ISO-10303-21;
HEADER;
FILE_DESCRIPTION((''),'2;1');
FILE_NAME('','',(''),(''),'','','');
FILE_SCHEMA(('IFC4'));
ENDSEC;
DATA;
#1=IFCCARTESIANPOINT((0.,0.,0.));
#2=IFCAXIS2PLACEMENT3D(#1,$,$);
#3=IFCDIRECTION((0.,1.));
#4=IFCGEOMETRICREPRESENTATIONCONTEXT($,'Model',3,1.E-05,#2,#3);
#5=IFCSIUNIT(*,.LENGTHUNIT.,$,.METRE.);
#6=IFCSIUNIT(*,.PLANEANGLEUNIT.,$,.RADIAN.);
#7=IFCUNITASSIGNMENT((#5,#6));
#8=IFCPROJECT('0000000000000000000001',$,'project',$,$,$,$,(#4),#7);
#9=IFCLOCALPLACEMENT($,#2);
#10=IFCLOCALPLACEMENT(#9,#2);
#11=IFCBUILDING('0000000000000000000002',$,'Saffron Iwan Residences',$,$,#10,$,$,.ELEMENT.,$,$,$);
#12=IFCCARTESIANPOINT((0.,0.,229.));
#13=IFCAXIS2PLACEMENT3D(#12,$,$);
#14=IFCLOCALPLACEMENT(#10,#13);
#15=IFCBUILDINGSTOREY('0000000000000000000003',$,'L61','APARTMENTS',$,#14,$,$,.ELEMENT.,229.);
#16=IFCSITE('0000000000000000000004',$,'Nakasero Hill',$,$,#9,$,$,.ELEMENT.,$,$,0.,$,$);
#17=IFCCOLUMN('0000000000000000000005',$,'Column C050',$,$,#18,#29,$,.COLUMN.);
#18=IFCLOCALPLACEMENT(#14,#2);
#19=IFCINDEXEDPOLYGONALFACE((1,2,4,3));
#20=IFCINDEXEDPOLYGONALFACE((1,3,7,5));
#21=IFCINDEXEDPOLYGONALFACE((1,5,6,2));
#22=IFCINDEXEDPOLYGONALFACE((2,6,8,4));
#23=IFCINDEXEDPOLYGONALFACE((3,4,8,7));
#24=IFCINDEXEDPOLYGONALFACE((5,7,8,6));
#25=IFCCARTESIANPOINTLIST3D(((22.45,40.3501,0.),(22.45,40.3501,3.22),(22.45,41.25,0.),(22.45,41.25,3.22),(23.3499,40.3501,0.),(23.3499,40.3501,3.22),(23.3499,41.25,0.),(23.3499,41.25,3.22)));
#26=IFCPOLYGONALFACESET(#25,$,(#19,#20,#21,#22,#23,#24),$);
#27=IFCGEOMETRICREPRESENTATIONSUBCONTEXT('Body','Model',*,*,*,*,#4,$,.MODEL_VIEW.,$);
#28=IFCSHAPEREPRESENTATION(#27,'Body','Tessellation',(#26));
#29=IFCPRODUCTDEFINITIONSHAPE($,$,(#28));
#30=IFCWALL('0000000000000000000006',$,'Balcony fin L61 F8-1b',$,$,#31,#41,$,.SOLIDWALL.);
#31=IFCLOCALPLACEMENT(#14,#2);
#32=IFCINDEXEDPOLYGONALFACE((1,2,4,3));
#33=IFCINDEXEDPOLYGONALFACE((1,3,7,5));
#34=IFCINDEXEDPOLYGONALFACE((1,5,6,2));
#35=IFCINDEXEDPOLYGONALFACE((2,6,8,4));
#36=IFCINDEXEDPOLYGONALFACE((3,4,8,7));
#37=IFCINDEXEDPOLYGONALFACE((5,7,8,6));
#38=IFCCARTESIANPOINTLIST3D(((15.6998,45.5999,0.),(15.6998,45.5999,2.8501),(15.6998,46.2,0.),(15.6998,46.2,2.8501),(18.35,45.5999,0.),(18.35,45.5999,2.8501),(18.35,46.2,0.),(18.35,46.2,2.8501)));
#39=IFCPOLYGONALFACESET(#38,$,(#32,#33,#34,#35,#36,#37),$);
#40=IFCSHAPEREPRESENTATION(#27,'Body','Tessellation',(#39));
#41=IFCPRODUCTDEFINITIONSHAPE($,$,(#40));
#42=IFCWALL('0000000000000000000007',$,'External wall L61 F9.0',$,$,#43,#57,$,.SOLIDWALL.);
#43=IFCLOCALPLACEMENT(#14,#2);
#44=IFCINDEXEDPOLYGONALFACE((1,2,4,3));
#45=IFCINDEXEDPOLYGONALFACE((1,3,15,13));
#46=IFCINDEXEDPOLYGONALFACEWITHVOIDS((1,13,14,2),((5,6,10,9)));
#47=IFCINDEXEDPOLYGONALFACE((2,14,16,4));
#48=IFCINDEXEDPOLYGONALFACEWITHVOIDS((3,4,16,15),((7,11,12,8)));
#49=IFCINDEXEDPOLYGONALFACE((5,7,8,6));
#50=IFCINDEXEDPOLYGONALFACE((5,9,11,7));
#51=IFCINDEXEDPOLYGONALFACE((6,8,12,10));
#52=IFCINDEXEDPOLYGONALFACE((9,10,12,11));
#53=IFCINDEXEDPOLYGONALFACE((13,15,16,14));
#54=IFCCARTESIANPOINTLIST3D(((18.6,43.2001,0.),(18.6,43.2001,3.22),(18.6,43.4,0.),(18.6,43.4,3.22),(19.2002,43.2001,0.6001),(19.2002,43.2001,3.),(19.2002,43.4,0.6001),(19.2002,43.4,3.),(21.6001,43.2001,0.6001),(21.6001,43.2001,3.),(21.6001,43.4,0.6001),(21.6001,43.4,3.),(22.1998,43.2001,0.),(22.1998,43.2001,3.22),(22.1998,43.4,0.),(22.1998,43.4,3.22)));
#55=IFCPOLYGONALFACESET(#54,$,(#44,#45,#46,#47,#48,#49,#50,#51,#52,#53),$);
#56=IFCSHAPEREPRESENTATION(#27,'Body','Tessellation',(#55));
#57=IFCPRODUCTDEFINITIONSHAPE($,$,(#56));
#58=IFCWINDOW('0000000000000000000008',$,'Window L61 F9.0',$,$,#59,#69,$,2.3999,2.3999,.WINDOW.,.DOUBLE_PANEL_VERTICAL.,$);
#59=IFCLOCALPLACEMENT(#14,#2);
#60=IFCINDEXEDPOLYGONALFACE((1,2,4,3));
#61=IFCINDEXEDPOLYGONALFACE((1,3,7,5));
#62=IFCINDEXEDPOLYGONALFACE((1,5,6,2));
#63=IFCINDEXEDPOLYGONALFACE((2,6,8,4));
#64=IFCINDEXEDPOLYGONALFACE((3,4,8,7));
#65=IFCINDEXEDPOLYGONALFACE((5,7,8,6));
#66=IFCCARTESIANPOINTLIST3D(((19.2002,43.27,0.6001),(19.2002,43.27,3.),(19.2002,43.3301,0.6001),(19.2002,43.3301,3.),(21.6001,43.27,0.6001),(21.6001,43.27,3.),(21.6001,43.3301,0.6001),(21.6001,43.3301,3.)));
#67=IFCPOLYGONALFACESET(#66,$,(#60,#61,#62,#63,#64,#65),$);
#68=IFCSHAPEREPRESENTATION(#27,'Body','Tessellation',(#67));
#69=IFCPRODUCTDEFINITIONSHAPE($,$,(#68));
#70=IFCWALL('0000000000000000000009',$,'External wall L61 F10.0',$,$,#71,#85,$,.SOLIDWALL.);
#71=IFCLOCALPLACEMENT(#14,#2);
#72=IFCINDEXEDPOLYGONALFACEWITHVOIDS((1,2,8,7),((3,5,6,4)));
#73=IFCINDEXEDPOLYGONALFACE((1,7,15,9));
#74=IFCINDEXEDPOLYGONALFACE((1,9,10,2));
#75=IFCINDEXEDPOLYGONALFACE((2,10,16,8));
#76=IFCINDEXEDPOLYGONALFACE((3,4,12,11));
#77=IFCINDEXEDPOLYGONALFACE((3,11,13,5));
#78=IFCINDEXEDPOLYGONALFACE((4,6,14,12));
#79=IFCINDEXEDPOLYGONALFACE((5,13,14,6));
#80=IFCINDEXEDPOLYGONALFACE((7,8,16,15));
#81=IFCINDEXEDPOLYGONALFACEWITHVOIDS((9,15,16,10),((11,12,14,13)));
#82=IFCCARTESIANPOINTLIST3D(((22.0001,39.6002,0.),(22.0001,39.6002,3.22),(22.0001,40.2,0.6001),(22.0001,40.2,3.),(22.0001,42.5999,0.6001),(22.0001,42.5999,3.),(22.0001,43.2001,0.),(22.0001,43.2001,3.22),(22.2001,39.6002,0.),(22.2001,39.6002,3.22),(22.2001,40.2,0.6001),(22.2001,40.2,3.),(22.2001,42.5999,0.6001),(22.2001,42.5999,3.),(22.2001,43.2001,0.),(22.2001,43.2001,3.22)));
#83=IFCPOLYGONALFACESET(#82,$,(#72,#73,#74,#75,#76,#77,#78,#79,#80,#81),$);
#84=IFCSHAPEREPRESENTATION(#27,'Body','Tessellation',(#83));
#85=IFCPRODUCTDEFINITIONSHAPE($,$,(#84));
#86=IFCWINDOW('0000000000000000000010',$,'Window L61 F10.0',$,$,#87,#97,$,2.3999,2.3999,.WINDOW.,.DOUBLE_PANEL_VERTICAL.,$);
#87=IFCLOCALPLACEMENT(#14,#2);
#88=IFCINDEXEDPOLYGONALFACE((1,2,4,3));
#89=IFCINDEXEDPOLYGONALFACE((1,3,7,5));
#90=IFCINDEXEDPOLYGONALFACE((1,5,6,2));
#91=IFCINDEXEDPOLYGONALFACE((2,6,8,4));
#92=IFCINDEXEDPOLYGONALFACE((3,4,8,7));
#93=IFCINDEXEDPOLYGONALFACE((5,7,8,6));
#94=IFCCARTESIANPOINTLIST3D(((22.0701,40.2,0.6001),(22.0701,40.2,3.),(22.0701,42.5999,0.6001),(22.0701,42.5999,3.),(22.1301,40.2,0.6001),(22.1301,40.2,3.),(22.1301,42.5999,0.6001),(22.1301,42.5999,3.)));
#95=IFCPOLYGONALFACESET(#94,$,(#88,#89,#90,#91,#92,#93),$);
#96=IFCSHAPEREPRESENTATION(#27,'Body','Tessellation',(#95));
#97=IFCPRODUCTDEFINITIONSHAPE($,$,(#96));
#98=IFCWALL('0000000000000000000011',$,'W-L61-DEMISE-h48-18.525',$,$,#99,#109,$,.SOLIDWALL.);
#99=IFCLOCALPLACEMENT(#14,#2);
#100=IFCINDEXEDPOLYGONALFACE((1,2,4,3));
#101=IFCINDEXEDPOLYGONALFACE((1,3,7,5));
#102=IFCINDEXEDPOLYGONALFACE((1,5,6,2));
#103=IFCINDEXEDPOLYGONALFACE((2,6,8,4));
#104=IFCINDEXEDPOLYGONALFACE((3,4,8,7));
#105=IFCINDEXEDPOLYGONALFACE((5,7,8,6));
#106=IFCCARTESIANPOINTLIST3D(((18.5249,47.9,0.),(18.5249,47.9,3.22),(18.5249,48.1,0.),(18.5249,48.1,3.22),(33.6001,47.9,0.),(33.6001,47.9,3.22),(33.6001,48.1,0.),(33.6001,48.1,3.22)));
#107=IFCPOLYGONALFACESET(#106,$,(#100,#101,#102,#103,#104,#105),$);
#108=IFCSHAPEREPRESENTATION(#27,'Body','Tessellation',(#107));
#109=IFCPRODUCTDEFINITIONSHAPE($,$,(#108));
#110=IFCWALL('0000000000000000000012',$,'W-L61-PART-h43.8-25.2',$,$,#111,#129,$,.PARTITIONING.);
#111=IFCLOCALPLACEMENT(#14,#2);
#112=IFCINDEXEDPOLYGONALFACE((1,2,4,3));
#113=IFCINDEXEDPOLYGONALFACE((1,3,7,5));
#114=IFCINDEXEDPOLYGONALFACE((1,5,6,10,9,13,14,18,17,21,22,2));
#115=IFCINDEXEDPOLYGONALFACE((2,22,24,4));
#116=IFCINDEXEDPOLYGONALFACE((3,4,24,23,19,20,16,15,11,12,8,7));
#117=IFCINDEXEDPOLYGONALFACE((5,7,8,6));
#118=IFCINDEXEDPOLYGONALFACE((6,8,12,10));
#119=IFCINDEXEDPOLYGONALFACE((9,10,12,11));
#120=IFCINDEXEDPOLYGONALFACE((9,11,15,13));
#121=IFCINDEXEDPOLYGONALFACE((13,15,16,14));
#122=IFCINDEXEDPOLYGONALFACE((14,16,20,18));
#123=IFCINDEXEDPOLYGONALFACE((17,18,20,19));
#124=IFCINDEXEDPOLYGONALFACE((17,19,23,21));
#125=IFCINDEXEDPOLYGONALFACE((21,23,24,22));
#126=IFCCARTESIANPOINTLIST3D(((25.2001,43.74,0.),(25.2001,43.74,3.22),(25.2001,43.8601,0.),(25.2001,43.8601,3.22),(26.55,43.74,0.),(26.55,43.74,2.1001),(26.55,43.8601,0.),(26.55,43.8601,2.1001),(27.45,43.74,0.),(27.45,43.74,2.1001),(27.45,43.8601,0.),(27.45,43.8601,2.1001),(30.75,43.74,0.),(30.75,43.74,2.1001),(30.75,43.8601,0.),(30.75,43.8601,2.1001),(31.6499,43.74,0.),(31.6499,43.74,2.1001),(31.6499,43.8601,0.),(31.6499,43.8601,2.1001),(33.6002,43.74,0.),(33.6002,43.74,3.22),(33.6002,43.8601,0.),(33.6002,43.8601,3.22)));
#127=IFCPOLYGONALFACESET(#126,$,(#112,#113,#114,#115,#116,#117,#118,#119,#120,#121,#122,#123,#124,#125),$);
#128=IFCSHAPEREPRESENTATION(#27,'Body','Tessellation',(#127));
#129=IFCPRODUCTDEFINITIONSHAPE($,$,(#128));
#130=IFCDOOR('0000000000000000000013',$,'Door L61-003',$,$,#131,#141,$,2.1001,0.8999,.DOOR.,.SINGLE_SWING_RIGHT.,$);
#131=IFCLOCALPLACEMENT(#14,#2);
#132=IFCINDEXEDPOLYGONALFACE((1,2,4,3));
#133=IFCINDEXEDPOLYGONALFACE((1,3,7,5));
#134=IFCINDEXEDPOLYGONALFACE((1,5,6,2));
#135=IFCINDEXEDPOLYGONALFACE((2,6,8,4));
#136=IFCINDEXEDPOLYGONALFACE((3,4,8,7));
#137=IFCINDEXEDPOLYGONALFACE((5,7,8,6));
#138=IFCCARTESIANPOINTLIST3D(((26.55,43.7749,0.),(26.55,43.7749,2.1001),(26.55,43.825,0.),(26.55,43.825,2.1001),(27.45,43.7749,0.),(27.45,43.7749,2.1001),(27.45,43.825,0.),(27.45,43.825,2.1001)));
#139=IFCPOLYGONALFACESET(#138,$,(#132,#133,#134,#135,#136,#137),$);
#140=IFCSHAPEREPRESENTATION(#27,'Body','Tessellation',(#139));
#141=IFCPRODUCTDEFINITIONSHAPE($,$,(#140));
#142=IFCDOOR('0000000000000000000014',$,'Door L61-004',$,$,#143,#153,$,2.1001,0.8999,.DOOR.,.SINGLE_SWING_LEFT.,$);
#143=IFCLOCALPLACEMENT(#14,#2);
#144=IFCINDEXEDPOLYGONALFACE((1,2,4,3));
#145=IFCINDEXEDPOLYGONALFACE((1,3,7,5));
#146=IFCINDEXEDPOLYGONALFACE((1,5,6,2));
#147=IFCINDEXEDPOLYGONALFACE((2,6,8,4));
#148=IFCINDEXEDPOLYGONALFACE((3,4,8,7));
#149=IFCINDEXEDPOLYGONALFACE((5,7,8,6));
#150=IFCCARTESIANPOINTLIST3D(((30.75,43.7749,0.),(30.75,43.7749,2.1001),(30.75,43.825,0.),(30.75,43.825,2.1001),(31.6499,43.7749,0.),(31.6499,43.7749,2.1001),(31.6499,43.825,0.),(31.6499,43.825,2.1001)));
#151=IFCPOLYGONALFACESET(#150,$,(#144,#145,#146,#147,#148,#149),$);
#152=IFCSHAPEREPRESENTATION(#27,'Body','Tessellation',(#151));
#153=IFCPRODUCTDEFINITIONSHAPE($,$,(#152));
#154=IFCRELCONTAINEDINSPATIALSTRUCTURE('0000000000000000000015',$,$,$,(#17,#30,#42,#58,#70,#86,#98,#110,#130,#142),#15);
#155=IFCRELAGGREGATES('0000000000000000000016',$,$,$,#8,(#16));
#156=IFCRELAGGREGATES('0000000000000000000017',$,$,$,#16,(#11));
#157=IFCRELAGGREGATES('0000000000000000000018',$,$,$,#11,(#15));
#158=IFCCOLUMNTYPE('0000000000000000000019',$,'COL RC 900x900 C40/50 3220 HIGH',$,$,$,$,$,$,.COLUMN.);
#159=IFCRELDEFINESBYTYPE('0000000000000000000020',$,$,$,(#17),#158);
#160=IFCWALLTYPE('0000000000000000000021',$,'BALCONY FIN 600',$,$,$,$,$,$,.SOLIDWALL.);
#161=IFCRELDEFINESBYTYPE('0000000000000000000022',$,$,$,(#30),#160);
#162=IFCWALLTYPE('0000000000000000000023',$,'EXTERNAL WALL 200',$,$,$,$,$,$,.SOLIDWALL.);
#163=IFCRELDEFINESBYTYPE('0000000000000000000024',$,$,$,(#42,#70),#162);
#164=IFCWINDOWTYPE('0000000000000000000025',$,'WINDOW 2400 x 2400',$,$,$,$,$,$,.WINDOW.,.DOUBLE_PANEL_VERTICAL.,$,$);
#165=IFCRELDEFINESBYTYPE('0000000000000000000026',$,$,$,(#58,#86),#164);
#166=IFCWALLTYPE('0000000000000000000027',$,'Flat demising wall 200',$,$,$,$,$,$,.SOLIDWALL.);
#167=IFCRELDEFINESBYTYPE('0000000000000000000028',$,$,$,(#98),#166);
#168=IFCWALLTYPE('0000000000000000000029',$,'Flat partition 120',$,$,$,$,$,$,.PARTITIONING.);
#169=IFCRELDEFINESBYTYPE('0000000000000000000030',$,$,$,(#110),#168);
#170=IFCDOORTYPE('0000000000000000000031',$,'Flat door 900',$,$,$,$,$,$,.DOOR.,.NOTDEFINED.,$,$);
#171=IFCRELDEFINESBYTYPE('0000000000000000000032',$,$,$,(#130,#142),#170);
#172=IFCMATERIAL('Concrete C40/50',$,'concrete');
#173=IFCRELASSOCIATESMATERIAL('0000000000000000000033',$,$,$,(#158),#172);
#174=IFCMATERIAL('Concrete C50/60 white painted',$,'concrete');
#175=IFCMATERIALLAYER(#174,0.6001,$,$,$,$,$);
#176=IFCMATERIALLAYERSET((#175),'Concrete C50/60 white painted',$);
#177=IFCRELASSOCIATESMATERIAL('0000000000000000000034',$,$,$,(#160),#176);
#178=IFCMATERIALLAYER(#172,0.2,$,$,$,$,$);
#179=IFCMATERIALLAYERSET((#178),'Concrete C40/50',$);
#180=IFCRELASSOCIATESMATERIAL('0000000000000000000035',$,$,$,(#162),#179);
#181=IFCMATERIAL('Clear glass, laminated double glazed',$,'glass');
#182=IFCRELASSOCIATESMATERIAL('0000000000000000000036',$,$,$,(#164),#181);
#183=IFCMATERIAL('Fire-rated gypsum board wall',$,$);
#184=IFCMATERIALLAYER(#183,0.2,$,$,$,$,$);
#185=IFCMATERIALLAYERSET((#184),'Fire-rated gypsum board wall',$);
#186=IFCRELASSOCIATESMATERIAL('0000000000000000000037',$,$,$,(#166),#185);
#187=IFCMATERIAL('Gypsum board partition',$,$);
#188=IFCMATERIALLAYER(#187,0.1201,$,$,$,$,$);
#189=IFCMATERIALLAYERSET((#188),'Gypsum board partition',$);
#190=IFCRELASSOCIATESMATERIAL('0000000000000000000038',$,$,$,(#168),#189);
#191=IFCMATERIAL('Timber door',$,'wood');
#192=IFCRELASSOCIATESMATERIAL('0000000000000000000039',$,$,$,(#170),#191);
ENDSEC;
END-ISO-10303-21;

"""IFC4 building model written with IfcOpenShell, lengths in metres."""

from ifc_helpers import new_model, si_unit, direction, frame, frame_2d, origin, origin_2d, place, context, subcontext, project, spatial, rectangle, extrude, source, transform, mapped, material, layer, layer_set, material_profile, profile_set, type_object, element, fill, save


model = new_model("IFC4")

# Units and contexts
model_context = context("Model", 3, precision=1e-05, world=origin(), true_north=direction((0.0, 1.0)))
body_context = subcontext(model_context, "Body", "Model", "MODEL_VIEW")
ifc_project = project(units=[si_unit("LENGTHUNIT", "METRE"), si_unit("PLANEANGLEUNIT", "RADIAN")], contexts=[model_context])

# Site, building, storey
site_placement = place(None, origin())
site = spatial("IfcSite", under=ifc_project, at=site_placement, Name="Nakasero Hill", CompositionType="ELEMENT", RefElevation=0.0)
building_placement = place(site_placement, origin())
building = spatial("IfcBuilding", under=site, at=building_placement, Name="Saffron Iwan Residences", CompositionType="ELEMENT")
storey_placement = place(building_placement, frame((0.0, 0.0, 229.0)))
storey = spatial("IfcBuildingStorey", under=building, at=storey_placement, Name="L61", Description="APARTMENTS", CompositionType="ELEMENT", Elevation=229.0)

# Column
ifc_material_1 = material(Name="Concrete C40/50", Category="concrete")
ifc_material_profile = material_profile(ifc_material_1, rectangle(XDim=0.8999, YDim=0.8999, at=origin_2d()), Name="RC 900x900")
ifc_profile_set = profile_set([ifc_material_profile], Name="Concrete C40/50")
column_type = type_object("IfcColumnType", Name="COL RC 900x900 C40/50 3220 HIGH", PredefinedType="COLUMN", material=ifc_profile_set)
shared_shape = source(origin(), body_context, "Body", "SweptSolid", [
    extrude(rectangle(XDim=0.8999, YDim=0.8999, at=origin_2d()), origin(), (0.0, 0.0, 1.0), 3.22),
])
column_placement = place(storey_placement, frame((22.8999, 40.8, 0.0), z_axis=(0.0, 0.0, 1.0), x_axis=(1.0, 0.0, 0.0)))
element("IfcColumn", 1, at=column_placement, inside=storey, type_object=column_type, Name="Column C050", PredefinedType="COLUMN", context=body_context, shape_type="MappedRepresentation", body=[
    mapped(shared_shape, transform((0.0, 0.0, 0.0))),
])

# Wall
ifc_material_2 = material(Name="Concrete C50/60 white painted", Category="concrete")
ifc_layer_1 = layer(ifc_material_2, 0.6001)
ifc_layer_set_1 = layer_set([ifc_layer_1], Name="Concrete C50/60 white painted")
wall_type_1 = type_object("IfcWallType", Name="BALCONY FIN 600", PredefinedType="SOLIDWALL", material=ifc_layer_set_1)
wall_1_placement = place(storey_placement, frame((18.3501, 45.8999, 0.0), z_axis=(0.0, 0.0, 1.0), x_axis=(-1.0, 0.0, 0.0)))
element("IfcWall", 2, at=wall_1_placement, inside=storey, type_object=wall_type_1, Name="Balcony fin L61 F8-1b", PredefinedType="SOLIDWALL", context=body_context, shape_type="SweptSolid", body=[
    extrude(rectangle(XDim=2.6501, YDim=0.6001, at=frame_2d((1.3252, 0.0))), origin(), (0.0, 0.0, 1.0), 2.8501),
])

# Walls, openings, windows
ifc_layer_2 = layer(ifc_material_1, 0.2)
ifc_layer_set_2 = layer_set([ifc_layer_2], Name="Concrete C40/50")
wall_type_2 = type_object("IfcWallType", Name="EXTERNAL WALL 200", PredefinedType="SOLIDWALL", material=ifc_layer_set_2)
wall_2_placement = place(storey_placement, frame((18.6001, 43.3, 0.0), z_axis=(0.0, 0.0, 1.0), x_axis=(1.0, 0.0, 0.0)))
wall_2 = element("IfcWall", 3, at=wall_2_placement, inside=storey, type_object=wall_type_2, Name="External wall L61 F9.0", PredefinedType="SOLIDWALL", context=body_context, shape_type="SweptSolid", body=[
    extrude(rectangle(XDim=3.5999, YDim=0.2, at=frame_2d((1.7998, 0.0))), origin(), (0.0, 0.0, 1.0), 3.22),
])
opening_1_placement = place(wall_2_placement, frame((0.6001, 0.0, 0.6001)))
opening_1 = element("IfcOpeningElement", 4, at=opening_1_placement, cuts=wall_2, PredefinedType="OPENING", context=body_context, shape_type="SweptSolid", body=[
    extrude(rectangle(XDim=2.3999, YDim=2.3999, at=frame_2d((1.2, 1.2))), frame((0.0, 0.1099, 0.0), z_axis=(0.0, -1.0, 0.0), x_axis=(1.0, 0.0, 0.0)), (0.0, 0.0, 1.0), 0.22),
])
ifc_material_3 = material(Name="Clear glass, laminated double glazed", Category="glass")
window_type = type_object("IfcWindowType", Name="WINDOW 2400 x 2400", PartitioningType="DOUBLE_PANEL_VERTICAL", PredefinedType="WINDOW", material=ifc_material_3)
window_1_placement = place(opening_1_placement, origin())
window_1 = element("IfcWindow", 5, at=window_1_placement, inside=storey, type_object=window_type, Name="Window L61 F9.0", OverallHeight=2.3999, OverallWidth=2.3999, PartitioningType="DOUBLE_PANEL_VERTICAL", PredefinedType="WINDOW", context=body_context, shape_type="SweptSolid", body=[
    extrude(rectangle(XDim=2.3999, YDim=2.3999, at=frame_2d((1.2, 1.2))), frame((0.0, 0.03, 0.0), z_axis=(0.0, -1.0, 0.0), x_axis=(1.0, 0.0, 0.0)), (0.0, 0.0, 1.0), 0.0601),
])
fill(opening_1, window_1)
wall_3_placement = place(storey_placement, frame((22.1001, 43.2, 0.0), z_axis=(0.0, 0.0, 1.0), x_axis=(0.0, -1.0, 0.0)))
wall_3 = element("IfcWall", 6, at=wall_3_placement, inside=storey, type_object=wall_type_2, Name="External wall L61 F10.0", PredefinedType="SOLIDWALL", context=body_context, shape_type="SweptSolid", body=[
    extrude(rectangle(XDim=3.5999, YDim=0.2, at=frame_2d((1.7998, 0.0))), origin(), (0.0, 0.0, 1.0), 3.22),
])
opening_2_placement = place(wall_3_placement, frame((0.6001, 0.0, 0.6001)))
opening_2 = element("IfcOpeningElement", 7, at=opening_2_placement, cuts=wall_3, PredefinedType="OPENING", context=body_context, shape_type="SweptSolid", body=[
    extrude(rectangle(XDim=2.3999, YDim=2.3999, at=frame_2d((1.2, 1.2))), frame((0.0, 0.1099, 0.0), z_axis=(0.0, -1.0, 0.0), x_axis=(1.0, 0.0, 0.0)), (0.0, 0.0, 1.0), 0.22),
])
window_2_placement = place(opening_2_placement, origin())
window_2 = element("IfcWindow", 8, at=window_2_placement, inside=storey, type_object=window_type, Name="Window L61 F10.0", OverallHeight=2.3999, OverallWidth=2.3999, PartitioningType="DOUBLE_PANEL_VERTICAL", PredefinedType="WINDOW", context=body_context, shape_type="SweptSolid", body=[
    extrude(rectangle(XDim=2.3999, YDim=2.3999, at=frame_2d((1.2, 1.2))), frame((0.0, 0.03, 0.0), z_axis=(0.0, -1.0, 0.0), x_axis=(1.0, 0.0, 0.0)), (0.0, 0.0, 1.0), 0.0601),
])
fill(opening_2, window_2)

# Wall
ifc_material_4 = material(Name="Fire-rated gypsum board wall")
ifc_layer_3 = layer(ifc_material_4, 0.2)
ifc_layer_set_3 = layer_set([ifc_layer_3], Name="Fire-rated gypsum board wall")
wall_type_3 = type_object("IfcWallType", Name="Flat demising wall 200", PredefinedType="SOLIDWALL", material=ifc_layer_set_3)
wall_4_placement = place(storey_placement, frame((18.5249, 48.0, 0.0), z_axis=(0.0, 0.0, 1.0), x_axis=(1.0, 0.0, 0.0)))
element("IfcWall", 9, at=wall_4_placement, inside=storey, type_object=wall_type_3, Name="W-L61-DEMISE-h48-18.525", PredefinedType="SOLIDWALL", context=body_context, shape_type="SweptSolid", body=[
    extrude(rectangle(XDim=15.0752, YDim=0.2, at=frame_2d((7.5376, 0.0))), origin(), (0.0, 0.0, 1.0), 3.22),
])

# Wall, openings, doors
ifc_material_5 = material(Name="Gypsum board partition")
ifc_layer_4 = layer(ifc_material_5, 0.1201)
ifc_layer_set_4 = layer_set([ifc_layer_4], Name="Gypsum board partition")
wall_type_4 = type_object("IfcWallType", Name="Flat partition 120", PredefinedType="PARTITIONING", material=ifc_layer_set_4)
wall_5_placement = place(storey_placement, frame((25.2, 43.8, 0.0), z_axis=(0.0, 0.0, 1.0), x_axis=(1.0, 0.0, 0.0)))
wall_5 = element("IfcWall", 10, at=wall_5_placement, inside=storey, type_object=wall_type_4, Name="W-L61-PART-h43.8-25.2", PredefinedType="PARTITIONING", context=body_context, shape_type="SweptSolid", body=[
    extrude(rectangle(XDim=8.4001, YDim=0.1201, at=frame_2d((4.2002, 0.0))), origin(), (0.0, 0.0, 1.0), 3.22),
])
opening_3_placement = place(wall_5_placement, frame((1.3501, 0.0, 0.0)))
opening_3 = element("IfcOpeningElement", 11, at=opening_3_placement, cuts=wall_5, PredefinedType="OPENING", context=body_context, shape_type="SweptSolid", body=[
    extrude(rectangle(XDim=0.8999, YDim=2.1001, at=frame_2d((0.45, 1.05))), frame((0.0, 0.0701, 0.0), z_axis=(0.0, -1.0, 0.0), x_axis=(1.0, 0.0, 0.0)), (0.0, 0.0, 1.0), 0.1401),
])
opening_4_placement = place(wall_5_placement, frame((5.55, 0.0, 0.0)))
opening_4 = element("IfcOpeningElement", 12, at=opening_4_placement, cuts=wall_5, PredefinedType="OPENING", context=body_context, shape_type="SweptSolid", body=[
    extrude(rectangle(XDim=0.8999, YDim=2.1001, at=frame_2d((0.45, 1.05))), frame((0.0, 0.0701, 0.0), z_axis=(0.0, -1.0, 0.0), x_axis=(1.0, 0.0, 0.0)), (0.0, 0.0, 1.0), 0.1401),
])
ifc_material_6 = material(Name="Timber door", Category="wood")
door_type = type_object("IfcDoorType", Name="Flat door 900", OperationType="NOTDEFINED", PredefinedType="DOOR", material=ifc_material_6)
door_1_placement = place(opening_3_placement, origin())
door_1 = element("IfcDoor", 13, at=door_1_placement, inside=storey, type_object=door_type, Name="Door L61-003", OperationType="SINGLE_SWING_RIGHT", OverallHeight=2.1001, OverallWidth=0.8999, PredefinedType="DOOR", context=body_context, shape_type="SweptSolid", body=[
    extrude(rectangle(XDim=0.8999, YDim=2.1001, at=frame_2d((0.45, 1.05))), frame((0.0, 0.0249, 0.0), z_axis=(0.0, -1.0, 0.0), x_axis=(1.0, 0.0, 0.0)), (0.0, 0.0, 1.0), 0.05),
])
fill(opening_3, door_1)
door_2_placement = place(opening_4_placement, origin())
door_2 = element("IfcDoor", 14, at=door_2_placement, inside=storey, type_object=door_type, Name="Door L61-004", OperationType="SINGLE_SWING_LEFT", OverallHeight=2.1001, OverallWidth=0.8999, PredefinedType="DOOR", context=body_context, shape_type="SweptSolid", body=[
    extrude(rectangle(XDim=0.8999, YDim=2.1001, at=frame_2d((0.45, 1.05))), frame((0.0, 0.0249, 0.0), z_axis=(0.0, -1.0, 0.0), x_axis=(1.0, 0.0, 0.0)), (0.0, 0.0, 1.0), 0.05),
])
fill(opening_4, door_2)

save(model, "model.ifc")
